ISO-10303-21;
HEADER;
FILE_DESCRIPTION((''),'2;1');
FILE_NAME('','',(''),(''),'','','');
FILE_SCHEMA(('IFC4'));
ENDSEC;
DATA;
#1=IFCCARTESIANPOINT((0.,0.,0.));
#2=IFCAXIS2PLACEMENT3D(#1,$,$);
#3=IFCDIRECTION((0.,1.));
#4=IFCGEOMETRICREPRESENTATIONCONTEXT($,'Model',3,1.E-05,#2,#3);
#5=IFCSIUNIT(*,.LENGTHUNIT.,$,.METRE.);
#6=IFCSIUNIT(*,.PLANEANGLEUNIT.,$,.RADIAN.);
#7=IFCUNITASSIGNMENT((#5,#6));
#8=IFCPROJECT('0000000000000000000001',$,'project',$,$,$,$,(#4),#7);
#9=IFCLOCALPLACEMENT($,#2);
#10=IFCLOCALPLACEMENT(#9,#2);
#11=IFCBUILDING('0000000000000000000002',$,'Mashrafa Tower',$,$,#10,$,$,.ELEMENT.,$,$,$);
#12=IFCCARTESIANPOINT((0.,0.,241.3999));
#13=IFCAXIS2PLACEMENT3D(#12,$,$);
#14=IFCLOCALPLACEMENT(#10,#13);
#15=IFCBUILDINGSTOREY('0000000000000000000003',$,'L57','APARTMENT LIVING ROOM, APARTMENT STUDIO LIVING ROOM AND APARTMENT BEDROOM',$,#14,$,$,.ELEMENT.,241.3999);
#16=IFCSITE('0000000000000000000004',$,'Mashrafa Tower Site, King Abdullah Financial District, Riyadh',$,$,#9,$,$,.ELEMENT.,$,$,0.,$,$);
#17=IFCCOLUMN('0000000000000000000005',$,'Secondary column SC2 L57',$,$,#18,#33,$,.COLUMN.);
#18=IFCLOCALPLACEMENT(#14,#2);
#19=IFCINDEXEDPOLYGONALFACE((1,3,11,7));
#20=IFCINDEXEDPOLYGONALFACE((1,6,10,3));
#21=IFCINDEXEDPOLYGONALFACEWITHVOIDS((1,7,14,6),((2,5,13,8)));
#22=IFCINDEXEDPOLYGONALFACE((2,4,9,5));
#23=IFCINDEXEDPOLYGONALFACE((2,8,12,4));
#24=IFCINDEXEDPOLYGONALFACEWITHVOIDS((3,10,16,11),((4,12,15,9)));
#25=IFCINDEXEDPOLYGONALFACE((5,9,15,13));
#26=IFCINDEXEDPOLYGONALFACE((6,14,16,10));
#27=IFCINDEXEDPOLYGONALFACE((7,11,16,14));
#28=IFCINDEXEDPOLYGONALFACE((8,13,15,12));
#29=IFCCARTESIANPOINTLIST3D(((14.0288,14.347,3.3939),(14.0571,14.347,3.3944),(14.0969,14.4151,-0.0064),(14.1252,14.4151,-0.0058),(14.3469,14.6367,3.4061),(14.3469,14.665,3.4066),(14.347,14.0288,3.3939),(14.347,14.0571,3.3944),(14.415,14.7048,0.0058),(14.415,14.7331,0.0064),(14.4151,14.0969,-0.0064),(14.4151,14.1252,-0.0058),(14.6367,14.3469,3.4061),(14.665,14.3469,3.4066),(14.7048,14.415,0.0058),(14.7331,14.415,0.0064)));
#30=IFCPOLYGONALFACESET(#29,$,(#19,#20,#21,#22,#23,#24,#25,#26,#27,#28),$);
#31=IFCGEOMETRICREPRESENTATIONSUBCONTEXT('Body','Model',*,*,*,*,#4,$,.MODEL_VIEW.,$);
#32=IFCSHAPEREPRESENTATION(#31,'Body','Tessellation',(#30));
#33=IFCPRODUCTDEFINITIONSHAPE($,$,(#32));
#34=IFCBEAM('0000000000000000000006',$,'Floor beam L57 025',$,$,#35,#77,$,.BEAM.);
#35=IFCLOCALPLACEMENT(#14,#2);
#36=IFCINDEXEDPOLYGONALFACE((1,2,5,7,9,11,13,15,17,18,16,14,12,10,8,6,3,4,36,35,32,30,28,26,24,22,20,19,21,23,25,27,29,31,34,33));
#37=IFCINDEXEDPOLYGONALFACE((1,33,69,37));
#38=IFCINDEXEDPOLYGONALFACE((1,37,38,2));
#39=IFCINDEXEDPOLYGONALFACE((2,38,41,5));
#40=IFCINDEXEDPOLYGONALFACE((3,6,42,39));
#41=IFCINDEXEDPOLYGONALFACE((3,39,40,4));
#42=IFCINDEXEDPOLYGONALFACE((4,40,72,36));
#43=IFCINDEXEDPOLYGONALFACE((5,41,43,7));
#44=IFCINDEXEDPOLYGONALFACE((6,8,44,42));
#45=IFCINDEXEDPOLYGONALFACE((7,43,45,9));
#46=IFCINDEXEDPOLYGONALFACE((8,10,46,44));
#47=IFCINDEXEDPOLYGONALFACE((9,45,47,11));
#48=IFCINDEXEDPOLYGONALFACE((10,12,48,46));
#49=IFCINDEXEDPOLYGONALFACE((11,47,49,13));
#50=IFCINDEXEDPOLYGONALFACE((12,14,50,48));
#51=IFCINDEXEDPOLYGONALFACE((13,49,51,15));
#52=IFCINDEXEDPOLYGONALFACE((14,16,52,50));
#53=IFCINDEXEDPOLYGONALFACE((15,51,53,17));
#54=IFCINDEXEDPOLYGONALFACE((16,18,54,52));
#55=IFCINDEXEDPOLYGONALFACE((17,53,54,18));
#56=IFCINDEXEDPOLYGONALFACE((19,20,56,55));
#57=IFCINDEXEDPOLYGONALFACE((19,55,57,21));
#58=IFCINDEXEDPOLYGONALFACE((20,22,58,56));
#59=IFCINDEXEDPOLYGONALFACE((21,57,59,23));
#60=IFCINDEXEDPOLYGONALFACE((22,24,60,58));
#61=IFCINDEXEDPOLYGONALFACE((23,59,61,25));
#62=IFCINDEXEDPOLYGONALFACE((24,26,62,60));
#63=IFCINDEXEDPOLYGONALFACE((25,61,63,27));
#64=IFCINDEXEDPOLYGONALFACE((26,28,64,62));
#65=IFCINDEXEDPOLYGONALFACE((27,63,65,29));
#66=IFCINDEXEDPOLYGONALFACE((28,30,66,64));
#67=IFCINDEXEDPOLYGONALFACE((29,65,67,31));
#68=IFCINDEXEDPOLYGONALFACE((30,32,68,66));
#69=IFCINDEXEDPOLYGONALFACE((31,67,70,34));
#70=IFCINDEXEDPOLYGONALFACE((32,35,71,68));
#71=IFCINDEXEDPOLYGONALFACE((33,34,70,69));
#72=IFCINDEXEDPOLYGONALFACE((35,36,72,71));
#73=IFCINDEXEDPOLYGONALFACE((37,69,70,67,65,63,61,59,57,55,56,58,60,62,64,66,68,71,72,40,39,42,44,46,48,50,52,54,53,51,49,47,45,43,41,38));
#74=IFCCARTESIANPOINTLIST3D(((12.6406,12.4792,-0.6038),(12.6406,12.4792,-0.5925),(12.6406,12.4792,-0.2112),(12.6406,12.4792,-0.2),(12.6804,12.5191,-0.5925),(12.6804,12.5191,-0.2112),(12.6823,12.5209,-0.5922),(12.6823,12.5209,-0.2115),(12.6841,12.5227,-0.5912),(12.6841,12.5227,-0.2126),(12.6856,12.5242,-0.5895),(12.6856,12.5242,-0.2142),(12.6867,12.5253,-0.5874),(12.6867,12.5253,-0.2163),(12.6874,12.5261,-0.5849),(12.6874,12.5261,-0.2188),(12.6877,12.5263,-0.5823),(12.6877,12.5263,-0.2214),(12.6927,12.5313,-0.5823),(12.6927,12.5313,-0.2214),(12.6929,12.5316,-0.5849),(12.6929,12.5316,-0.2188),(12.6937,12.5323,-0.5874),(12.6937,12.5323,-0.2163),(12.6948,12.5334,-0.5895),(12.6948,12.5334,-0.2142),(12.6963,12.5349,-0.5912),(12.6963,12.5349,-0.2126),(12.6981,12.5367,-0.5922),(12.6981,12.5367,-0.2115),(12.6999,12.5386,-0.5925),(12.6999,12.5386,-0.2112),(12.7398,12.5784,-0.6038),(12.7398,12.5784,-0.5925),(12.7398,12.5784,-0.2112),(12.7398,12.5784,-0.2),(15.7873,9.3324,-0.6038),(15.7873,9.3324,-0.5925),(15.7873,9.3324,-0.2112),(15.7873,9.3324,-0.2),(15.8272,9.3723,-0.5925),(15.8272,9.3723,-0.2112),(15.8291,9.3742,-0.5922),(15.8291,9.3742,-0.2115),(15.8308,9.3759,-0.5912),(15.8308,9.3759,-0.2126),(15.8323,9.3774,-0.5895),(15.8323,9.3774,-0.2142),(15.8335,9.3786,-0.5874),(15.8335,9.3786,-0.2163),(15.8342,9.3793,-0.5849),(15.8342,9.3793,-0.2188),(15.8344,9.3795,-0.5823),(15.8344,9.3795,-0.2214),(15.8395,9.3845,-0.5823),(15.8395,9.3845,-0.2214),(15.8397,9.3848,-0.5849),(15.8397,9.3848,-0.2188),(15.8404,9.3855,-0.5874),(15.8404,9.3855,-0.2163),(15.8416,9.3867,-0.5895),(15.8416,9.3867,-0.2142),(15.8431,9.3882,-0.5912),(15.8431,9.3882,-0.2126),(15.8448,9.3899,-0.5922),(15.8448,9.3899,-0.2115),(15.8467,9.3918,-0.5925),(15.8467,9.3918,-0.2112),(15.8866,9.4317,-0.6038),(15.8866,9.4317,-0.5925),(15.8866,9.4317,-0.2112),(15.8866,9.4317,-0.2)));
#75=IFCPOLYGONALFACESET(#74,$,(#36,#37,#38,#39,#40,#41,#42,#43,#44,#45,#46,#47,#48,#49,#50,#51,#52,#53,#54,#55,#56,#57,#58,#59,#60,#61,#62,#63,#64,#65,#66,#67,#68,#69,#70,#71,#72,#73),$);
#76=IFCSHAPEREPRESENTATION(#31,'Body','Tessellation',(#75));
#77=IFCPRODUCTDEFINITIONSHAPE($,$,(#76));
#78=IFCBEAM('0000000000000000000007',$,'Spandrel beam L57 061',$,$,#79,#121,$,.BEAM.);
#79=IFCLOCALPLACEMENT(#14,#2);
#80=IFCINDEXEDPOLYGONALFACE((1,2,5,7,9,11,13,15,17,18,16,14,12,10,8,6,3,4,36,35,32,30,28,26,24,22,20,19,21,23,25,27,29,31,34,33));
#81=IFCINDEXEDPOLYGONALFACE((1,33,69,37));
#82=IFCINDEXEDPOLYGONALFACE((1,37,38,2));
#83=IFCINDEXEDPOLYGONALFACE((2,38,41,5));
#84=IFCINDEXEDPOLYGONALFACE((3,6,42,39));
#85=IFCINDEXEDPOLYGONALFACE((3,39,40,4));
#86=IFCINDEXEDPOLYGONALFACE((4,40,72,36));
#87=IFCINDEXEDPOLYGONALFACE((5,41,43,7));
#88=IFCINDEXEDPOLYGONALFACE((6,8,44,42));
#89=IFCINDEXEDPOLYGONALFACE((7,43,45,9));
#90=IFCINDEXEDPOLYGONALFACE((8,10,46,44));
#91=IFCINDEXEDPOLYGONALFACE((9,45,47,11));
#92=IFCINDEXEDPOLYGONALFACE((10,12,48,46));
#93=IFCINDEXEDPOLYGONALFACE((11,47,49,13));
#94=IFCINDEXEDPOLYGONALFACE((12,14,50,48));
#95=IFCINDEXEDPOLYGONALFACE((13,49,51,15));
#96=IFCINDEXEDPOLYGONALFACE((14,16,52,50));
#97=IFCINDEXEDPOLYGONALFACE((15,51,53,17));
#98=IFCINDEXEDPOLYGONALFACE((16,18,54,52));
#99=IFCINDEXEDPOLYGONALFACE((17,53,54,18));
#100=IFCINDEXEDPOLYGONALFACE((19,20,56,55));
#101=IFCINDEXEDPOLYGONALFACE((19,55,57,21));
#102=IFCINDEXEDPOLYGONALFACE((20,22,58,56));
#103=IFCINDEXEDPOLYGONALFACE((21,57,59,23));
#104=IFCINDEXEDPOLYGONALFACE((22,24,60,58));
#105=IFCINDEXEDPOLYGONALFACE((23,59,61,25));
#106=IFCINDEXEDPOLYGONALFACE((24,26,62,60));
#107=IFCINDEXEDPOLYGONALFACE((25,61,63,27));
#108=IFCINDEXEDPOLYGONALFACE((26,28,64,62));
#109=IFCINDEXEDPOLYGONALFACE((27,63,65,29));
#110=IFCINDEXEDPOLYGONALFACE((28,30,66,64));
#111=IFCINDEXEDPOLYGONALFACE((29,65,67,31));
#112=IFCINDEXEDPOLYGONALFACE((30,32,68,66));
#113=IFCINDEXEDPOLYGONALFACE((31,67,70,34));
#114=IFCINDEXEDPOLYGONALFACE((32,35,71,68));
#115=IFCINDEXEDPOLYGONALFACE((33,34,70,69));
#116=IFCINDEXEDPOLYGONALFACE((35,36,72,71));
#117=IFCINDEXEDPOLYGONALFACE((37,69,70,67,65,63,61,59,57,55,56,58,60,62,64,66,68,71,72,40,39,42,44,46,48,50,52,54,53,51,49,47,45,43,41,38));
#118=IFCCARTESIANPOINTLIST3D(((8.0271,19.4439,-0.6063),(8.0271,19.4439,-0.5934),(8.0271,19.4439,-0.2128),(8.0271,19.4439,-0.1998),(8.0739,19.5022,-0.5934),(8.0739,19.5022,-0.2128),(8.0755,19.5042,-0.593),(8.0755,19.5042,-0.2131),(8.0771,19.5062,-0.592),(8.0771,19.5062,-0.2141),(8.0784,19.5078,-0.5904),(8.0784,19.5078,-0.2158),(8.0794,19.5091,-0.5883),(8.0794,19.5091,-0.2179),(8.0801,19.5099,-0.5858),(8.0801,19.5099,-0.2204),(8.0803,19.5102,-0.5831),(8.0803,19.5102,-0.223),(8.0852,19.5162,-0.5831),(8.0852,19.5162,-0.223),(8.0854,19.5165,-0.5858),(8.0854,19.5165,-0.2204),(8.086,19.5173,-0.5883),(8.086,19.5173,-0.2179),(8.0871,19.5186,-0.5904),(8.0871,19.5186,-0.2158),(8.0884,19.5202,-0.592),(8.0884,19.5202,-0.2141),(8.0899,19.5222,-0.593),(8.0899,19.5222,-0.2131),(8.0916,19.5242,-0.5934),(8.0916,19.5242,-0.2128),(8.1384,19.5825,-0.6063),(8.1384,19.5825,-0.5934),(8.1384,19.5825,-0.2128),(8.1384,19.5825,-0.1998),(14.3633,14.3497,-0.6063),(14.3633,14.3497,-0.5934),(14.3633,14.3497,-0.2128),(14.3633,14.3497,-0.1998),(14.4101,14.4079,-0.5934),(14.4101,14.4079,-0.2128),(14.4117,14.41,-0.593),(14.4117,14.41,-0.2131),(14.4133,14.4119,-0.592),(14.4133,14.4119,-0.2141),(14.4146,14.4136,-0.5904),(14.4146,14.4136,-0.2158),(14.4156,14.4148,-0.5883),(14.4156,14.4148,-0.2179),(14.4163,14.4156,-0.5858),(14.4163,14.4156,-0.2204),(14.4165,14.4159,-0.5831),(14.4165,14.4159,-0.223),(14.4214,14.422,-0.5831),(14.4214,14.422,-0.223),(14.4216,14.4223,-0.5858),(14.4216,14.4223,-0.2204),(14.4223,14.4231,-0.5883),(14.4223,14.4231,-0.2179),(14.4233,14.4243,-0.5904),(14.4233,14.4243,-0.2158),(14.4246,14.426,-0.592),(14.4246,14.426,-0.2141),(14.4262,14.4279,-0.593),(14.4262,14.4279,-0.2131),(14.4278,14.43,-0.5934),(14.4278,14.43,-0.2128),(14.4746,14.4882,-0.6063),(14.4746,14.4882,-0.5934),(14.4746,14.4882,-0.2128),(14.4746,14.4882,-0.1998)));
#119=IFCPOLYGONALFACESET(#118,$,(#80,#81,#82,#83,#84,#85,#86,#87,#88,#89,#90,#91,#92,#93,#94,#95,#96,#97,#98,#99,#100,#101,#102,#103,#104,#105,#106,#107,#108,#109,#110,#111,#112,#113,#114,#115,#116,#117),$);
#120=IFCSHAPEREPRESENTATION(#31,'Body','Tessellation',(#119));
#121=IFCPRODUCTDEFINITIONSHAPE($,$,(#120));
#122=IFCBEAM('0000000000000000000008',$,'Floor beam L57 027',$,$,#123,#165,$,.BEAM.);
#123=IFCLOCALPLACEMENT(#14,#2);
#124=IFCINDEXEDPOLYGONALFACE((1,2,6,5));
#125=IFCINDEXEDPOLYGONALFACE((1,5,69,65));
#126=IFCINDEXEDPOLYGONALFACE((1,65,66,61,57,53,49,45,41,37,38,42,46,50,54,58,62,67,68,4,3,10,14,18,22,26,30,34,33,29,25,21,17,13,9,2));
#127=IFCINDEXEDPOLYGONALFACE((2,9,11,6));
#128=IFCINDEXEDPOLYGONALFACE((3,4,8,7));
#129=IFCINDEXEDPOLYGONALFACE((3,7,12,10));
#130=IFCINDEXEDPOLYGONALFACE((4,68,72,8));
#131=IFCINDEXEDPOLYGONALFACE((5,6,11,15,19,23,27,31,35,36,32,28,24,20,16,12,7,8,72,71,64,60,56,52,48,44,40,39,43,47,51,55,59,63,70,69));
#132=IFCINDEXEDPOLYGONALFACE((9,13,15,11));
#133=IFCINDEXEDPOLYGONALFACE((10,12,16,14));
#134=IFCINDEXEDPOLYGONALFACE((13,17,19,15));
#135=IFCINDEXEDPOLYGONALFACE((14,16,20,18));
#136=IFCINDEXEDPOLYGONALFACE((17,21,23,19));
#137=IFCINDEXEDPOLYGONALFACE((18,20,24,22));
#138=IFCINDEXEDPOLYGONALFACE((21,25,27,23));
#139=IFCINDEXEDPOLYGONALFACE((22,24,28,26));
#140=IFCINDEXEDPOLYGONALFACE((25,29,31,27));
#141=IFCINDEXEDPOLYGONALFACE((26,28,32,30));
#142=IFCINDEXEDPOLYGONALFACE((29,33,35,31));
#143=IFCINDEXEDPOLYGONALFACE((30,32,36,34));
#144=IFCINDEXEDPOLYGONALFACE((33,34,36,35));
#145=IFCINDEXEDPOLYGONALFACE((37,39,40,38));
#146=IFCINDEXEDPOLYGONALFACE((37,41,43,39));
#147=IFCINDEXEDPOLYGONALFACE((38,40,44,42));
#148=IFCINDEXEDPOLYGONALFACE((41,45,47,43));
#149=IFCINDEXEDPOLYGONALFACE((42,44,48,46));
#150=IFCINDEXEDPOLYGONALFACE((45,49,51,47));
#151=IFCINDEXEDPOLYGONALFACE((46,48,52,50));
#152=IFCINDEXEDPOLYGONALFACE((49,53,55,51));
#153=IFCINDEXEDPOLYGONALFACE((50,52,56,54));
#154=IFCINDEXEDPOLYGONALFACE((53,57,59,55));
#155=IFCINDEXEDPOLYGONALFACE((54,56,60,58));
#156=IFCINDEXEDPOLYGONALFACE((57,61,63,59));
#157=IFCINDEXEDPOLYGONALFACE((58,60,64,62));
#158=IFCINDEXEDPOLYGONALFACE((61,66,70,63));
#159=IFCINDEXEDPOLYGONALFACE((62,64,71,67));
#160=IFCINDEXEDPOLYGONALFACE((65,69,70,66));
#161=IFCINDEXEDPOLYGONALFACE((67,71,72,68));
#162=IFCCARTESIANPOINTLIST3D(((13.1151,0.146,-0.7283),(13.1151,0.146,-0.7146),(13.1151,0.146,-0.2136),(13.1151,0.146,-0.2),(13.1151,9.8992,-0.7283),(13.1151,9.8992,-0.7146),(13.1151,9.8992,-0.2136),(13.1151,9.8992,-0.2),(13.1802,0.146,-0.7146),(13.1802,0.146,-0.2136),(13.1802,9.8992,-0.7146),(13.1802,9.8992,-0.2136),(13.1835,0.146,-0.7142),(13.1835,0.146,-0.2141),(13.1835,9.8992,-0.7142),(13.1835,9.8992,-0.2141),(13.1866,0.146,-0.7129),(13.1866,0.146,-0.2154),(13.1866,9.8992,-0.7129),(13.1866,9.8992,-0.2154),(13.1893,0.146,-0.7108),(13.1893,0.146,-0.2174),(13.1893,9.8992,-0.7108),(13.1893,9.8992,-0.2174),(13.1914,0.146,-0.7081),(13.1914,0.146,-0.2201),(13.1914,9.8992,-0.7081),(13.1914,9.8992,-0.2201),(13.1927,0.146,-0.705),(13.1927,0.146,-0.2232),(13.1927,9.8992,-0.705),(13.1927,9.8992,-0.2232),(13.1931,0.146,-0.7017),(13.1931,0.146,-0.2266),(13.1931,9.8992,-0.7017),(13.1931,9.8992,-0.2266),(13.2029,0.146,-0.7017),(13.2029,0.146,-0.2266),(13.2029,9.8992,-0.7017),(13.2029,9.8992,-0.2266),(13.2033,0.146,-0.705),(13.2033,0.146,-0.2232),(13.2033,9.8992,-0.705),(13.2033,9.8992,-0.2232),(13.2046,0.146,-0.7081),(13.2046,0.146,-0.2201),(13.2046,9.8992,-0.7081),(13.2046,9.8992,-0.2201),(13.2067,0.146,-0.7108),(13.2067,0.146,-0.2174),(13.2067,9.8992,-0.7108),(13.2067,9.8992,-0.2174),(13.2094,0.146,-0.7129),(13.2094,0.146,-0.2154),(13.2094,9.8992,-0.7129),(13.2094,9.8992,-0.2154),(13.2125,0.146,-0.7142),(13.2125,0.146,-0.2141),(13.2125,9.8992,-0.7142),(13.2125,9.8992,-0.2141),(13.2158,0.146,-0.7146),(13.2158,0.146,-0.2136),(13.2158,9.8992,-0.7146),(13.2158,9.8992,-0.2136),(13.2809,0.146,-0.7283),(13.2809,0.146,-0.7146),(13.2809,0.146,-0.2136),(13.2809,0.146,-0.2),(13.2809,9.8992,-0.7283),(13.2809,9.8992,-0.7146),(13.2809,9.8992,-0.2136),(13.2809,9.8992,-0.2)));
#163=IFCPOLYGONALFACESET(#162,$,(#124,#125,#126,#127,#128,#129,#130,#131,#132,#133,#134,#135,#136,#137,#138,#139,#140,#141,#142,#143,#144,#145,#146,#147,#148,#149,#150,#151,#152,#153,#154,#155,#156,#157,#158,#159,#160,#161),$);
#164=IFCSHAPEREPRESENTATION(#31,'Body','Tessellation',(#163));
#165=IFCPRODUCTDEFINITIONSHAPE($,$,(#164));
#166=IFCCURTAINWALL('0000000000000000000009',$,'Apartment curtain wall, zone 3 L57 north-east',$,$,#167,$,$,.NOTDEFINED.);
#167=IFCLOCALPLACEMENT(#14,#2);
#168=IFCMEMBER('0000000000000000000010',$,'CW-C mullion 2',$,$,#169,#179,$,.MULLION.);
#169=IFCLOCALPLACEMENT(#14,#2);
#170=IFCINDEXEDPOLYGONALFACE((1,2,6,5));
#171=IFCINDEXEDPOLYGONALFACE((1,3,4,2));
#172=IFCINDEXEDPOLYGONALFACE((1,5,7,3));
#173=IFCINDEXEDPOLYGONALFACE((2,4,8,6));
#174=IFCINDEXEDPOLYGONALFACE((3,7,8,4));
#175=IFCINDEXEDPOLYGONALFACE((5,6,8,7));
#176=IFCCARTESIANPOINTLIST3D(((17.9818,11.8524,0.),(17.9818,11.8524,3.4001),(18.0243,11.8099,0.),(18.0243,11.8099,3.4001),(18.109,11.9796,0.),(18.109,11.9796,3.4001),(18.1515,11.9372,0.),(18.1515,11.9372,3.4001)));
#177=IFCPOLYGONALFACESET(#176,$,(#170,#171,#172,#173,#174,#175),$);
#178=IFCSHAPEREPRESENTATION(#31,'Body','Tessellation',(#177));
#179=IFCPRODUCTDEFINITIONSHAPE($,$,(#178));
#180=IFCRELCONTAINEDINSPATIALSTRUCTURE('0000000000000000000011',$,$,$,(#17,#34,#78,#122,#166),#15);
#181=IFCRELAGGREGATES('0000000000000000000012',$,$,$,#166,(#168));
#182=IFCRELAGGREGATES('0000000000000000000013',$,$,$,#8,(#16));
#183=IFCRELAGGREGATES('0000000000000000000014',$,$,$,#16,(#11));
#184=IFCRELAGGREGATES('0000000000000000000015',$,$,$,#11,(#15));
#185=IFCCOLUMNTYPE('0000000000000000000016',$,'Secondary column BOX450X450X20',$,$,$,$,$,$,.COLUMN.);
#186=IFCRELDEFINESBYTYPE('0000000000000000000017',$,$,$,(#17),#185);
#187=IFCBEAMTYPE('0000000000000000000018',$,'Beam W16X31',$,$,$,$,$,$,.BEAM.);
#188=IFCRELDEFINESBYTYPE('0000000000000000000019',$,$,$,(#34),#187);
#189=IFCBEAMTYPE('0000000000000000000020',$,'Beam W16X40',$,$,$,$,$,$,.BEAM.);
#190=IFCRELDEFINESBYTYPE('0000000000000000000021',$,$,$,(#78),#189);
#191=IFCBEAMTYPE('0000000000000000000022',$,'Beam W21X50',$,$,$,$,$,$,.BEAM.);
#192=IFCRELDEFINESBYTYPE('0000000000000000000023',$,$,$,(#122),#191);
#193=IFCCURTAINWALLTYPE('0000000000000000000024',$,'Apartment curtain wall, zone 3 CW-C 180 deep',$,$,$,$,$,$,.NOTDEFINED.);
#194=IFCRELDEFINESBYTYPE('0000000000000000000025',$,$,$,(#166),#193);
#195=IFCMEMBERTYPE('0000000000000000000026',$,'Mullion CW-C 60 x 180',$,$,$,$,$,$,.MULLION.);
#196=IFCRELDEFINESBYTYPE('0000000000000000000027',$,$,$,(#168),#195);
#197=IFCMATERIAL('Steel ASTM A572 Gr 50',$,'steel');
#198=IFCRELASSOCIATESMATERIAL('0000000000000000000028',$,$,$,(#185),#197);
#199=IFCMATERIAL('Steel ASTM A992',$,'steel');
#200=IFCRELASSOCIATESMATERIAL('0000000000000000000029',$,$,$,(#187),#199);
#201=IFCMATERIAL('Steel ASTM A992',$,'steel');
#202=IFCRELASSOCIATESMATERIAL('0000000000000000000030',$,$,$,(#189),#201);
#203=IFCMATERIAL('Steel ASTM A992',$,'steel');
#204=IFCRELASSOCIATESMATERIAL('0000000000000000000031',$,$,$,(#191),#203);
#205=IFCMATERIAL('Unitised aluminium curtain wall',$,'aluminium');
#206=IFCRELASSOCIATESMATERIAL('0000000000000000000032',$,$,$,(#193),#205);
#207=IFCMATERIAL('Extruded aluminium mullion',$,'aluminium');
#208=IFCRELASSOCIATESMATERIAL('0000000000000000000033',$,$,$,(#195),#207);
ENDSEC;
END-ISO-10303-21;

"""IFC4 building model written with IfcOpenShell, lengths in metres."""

from ifc_helpers import new_model, si_unit, direction, frame, origin, origin_2d, place, context, subcontext, project, spatial, rectangle, hollow_rectangle, i_section, extrude, source, transform, mapped, material, material_profile, profile_set, type_object, type_shapes, element, aggregate, save


model = new_model("IFC4")

# Units and contexts
model_context = context("Model", 3, precision=1e-05, world=origin(), true_north=direction((0.0, 1.0)))
body_context = subcontext(model_context, "Body", "Model", "MODEL_VIEW")
ifc_project = project(units=[si_unit("LENGTHUNIT", "METRE"), si_unit("PLANEANGLEUNIT", "RADIAN")], contexts=[model_context])

# Site, building, storey
site_placement = place(None, origin())
site = spatial("IfcSite", under=ifc_project, at=site_placement, Name="Mashrafa Tower Site, King Abdullah Financial District, Riyadh", CompositionType="ELEMENT", RefElevation=0.0)
building_placement = place(site_placement, origin())
building = spatial("IfcBuilding", under=site, at=building_placement, Name="Mashrafa Tower", CompositionType="ELEMENT")
storey_placement = place(building_placement, frame((0.0, 0.0, 241.3999)))
storey = spatial("IfcBuildingStorey", under=building, at=storey_placement, Name="L57", Description="APARTMENT LIVING ROOM, APARTMENT STUDIO LIVING ROOM AND APARTMENT BEDROOM", CompositionType="ELEMENT", Elevation=241.3999)

# Column
ifc_material_1 = material(Name="Steel ASTM A572 Gr 50", Category="steel")
ifc_material_profile_1 = material_profile(ifc_material_1, hollow_rectangle(XDim=0.45, YDim=0.45, WallThickness=0.02, at=origin_2d()), Name="BOX450X450X20")
ifc_profile_set_1 = profile_set([ifc_material_profile_1], Name="Steel ASTM A572 Gr 50")
column_type = type_object("IfcColumnType", Name="Secondary column BOX450X450X20", PredefinedType="COLUMN", material=ifc_profile_set_1)
column_placement = place(storey_placement, frame((14.415, 14.415, 0.0), z_axis=(-0.020025, -0.020025, 0.999599), x_axis=(0.707107, -0.707107, 0.0)))
element("IfcColumn", 1, at=column_placement, inside=storey, type_object=column_type, Name="Secondary column SC2 L57", PredefinedType="COLUMN", context=body_context, shape_type="SweptSolid", body=[
    extrude(hollow_rectangle(XDim=0.45, YDim=0.45, WallThickness=0.02, at=origin_2d()), origin(), (0.0, 0.0, 1.0), 3.4016),
])

# Beams
ifc_material_2 = material(Name="Steel ASTM A992", Category="steel")
ifc_material_profile_2 = material_profile(ifc_material_2, i_section(OverallWidth=0.1404, OverallDepth=0.4038, WebThickness=0.0071, FlangeThickness=0.0112, FilletRadius=0.0103, at=origin_2d()), Name="W16X31")
ifc_profile_set_2 = profile_set([ifc_material_profile_2], Name="Steel ASTM A992")
beam_type_1 = type_object("IfcBeamType", Name="Beam W16X31", PredefinedType="BEAM", material=ifc_profile_set_2)
beam_1_placement = place(storey_placement, frame((12.6902, 12.5288, -0.4019), z_axis=(0.707107, -0.707107, 0.0), x_axis=(0.707107, 0.707107, 0.0)))
element("IfcBeam", 2, at=beam_1_placement, inside=storey, type_object=beam_type_1, Name="Floor beam L57 025", PredefinedType="BEAM", context=body_context, shape_type="SweptSolid", body=[
    extrude(i_section(OverallWidth=0.1404, OverallDepth=0.4038, WebThickness=0.0071, FlangeThickness=0.0112, FilletRadius=0.0103, at=origin_2d()), origin(), (0.0, 0.0, 1.0), 4.4502),
])
ifc_material_3 = material(Name="Steel ASTM A992", Category="steel")
ifc_material_profile_3 = material_profile(ifc_material_3, i_section(OverallWidth=0.1777, OverallDepth=0.4065, WebThickness=0.0078, FlangeThickness=0.0129, FilletRadius=0.0103, at=origin_2d()), Name="W16X40")
ifc_profile_set_3 = profile_set([ifc_material_profile_3], Name="Steel ASTM A992")
beam_type_2 = type_object("IfcBeamType", Name="Beam W16X40", PredefinedType="BEAM", material=ifc_profile_set_3)
beam_2_placement = place(storey_placement, frame((14.4189, 14.4189, -0.4031), z_axis=(-0.779349, 0.62659, 0.0), x_axis=(-0.62659, -0.779349, 0.0)))
element("IfcBeam", 3, at=beam_2_placement, inside=storey, type_object=beam_type_2, Name="Spandrel beam L57 061", PredefinedType="BEAM", context=body_context, shape_type="SweptSolid", body=[
    extrude(i_section(OverallWidth=0.1777, OverallDepth=0.4065, WebThickness=0.0078, FlangeThickness=0.0129, FilletRadius=0.0103, at=origin_2d()), origin(), (0.0, 0.0, 1.0), 8.1301),
])
ifc_material_4 = material(Name="Steel ASTM A992", Category="steel")
ifc_material_profile_4 = material_profile(ifc_material_4, i_section(OverallWidth=0.1658, OverallDepth=0.5283, WebThickness=0.0098, FlangeThickness=0.0137, FilletRadius=0.0129, at=origin_2d()), Name="W21X50")
ifc_profile_set_4 = profile_set([ifc_material_profile_4], Name="Steel ASTM A992")
beam_type_3 = type_object("IfcBeamType", Name="Beam W21X50", PredefinedType="BEAM", material=ifc_profile_set_4)
beam_3_placement = place(storey_placement, frame((13.198, 9.8992, -0.4641), z_axis=(0.0, -1.0, 0.0), x_axis=(1.0, 0.0, 0.0)))
element("IfcBeam", 4, at=beam_3_placement, inside=storey, type_object=beam_type_3, Name="Floor beam L57 027", PredefinedType="BEAM", context=body_context, shape_type="SweptSolid", body=[
    extrude(i_section(OverallWidth=0.1658, OverallDepth=0.5283, WebThickness=0.0098, FlangeThickness=0.0137, FilletRadius=0.0129, at=origin_2d()), origin(), (0.0, 0.0, 1.0), 9.7532),
])

# Curtain wall, member
ifc_material_5 = material(Name="Unitised aluminium curtain wall", Category="aluminium")
curtain_wall_type = type_object("IfcCurtainWallType", Name="Apartment curtain wall, zone 3 CW-C 180 deep", PredefinedType="NOTDEFINED", material=ifc_material_5)
curtain_wall_placement = place(storey_placement, origin())
curtain_wall = element("IfcCurtainWall", 5, at=curtain_wall_placement, inside=storey, type_object=curtain_wall_type, Name="Apartment curtain wall, zone 3 L57 north-east", PredefinedType="NOTDEFINED")
ifc_material_6 = material(Name="Extruded aluminium mullion", Category="aluminium")
ifc_material_profile_5 = material_profile(ifc_material_6, rectangle(XDim=0.1799, YDim=0.0601, at=origin_2d()), Name="Mullion 60x180")
ifc_profile_set_5 = profile_set([ifc_material_profile_5], Name="Extruded aluminium mullion")
member_type_1 = type_object("IfcMemberType", Name="Mullion CW-C 60 x 180", PredefinedType="MULLION", material=ifc_profile_set_5)
shared_shape_1 = source(origin(), body_context, "Body", "SweptSolid", [
    extrude(rectangle(XDim=0.1799, YDim=0.0601, at=origin_2d()), origin(), (0.0, 0.0, 1.0), 3.4001),
])
type_shapes(member_type_1, [shared_shape_1])
member_1_placement = place(storey_placement, frame((18.0667, 11.8948, 0.0), z_axis=(0.0, 0.0, 1.0), x_axis=(-0.707107, -0.707107, 0.0)))
member_1 = element("IfcMember", 6, at=member_1_placement, type_object=member_type_1, Name="CW-C mullion 2", PredefinedType="MULLION", context=body_context, shape_type="MappedRepresentation", body=[
    mapped(shared_shape_1, transform((0.0, 0.0, 0.0))),
])
aggregate(curtain_wall, [member_1])

save(model, "model.ifc")
